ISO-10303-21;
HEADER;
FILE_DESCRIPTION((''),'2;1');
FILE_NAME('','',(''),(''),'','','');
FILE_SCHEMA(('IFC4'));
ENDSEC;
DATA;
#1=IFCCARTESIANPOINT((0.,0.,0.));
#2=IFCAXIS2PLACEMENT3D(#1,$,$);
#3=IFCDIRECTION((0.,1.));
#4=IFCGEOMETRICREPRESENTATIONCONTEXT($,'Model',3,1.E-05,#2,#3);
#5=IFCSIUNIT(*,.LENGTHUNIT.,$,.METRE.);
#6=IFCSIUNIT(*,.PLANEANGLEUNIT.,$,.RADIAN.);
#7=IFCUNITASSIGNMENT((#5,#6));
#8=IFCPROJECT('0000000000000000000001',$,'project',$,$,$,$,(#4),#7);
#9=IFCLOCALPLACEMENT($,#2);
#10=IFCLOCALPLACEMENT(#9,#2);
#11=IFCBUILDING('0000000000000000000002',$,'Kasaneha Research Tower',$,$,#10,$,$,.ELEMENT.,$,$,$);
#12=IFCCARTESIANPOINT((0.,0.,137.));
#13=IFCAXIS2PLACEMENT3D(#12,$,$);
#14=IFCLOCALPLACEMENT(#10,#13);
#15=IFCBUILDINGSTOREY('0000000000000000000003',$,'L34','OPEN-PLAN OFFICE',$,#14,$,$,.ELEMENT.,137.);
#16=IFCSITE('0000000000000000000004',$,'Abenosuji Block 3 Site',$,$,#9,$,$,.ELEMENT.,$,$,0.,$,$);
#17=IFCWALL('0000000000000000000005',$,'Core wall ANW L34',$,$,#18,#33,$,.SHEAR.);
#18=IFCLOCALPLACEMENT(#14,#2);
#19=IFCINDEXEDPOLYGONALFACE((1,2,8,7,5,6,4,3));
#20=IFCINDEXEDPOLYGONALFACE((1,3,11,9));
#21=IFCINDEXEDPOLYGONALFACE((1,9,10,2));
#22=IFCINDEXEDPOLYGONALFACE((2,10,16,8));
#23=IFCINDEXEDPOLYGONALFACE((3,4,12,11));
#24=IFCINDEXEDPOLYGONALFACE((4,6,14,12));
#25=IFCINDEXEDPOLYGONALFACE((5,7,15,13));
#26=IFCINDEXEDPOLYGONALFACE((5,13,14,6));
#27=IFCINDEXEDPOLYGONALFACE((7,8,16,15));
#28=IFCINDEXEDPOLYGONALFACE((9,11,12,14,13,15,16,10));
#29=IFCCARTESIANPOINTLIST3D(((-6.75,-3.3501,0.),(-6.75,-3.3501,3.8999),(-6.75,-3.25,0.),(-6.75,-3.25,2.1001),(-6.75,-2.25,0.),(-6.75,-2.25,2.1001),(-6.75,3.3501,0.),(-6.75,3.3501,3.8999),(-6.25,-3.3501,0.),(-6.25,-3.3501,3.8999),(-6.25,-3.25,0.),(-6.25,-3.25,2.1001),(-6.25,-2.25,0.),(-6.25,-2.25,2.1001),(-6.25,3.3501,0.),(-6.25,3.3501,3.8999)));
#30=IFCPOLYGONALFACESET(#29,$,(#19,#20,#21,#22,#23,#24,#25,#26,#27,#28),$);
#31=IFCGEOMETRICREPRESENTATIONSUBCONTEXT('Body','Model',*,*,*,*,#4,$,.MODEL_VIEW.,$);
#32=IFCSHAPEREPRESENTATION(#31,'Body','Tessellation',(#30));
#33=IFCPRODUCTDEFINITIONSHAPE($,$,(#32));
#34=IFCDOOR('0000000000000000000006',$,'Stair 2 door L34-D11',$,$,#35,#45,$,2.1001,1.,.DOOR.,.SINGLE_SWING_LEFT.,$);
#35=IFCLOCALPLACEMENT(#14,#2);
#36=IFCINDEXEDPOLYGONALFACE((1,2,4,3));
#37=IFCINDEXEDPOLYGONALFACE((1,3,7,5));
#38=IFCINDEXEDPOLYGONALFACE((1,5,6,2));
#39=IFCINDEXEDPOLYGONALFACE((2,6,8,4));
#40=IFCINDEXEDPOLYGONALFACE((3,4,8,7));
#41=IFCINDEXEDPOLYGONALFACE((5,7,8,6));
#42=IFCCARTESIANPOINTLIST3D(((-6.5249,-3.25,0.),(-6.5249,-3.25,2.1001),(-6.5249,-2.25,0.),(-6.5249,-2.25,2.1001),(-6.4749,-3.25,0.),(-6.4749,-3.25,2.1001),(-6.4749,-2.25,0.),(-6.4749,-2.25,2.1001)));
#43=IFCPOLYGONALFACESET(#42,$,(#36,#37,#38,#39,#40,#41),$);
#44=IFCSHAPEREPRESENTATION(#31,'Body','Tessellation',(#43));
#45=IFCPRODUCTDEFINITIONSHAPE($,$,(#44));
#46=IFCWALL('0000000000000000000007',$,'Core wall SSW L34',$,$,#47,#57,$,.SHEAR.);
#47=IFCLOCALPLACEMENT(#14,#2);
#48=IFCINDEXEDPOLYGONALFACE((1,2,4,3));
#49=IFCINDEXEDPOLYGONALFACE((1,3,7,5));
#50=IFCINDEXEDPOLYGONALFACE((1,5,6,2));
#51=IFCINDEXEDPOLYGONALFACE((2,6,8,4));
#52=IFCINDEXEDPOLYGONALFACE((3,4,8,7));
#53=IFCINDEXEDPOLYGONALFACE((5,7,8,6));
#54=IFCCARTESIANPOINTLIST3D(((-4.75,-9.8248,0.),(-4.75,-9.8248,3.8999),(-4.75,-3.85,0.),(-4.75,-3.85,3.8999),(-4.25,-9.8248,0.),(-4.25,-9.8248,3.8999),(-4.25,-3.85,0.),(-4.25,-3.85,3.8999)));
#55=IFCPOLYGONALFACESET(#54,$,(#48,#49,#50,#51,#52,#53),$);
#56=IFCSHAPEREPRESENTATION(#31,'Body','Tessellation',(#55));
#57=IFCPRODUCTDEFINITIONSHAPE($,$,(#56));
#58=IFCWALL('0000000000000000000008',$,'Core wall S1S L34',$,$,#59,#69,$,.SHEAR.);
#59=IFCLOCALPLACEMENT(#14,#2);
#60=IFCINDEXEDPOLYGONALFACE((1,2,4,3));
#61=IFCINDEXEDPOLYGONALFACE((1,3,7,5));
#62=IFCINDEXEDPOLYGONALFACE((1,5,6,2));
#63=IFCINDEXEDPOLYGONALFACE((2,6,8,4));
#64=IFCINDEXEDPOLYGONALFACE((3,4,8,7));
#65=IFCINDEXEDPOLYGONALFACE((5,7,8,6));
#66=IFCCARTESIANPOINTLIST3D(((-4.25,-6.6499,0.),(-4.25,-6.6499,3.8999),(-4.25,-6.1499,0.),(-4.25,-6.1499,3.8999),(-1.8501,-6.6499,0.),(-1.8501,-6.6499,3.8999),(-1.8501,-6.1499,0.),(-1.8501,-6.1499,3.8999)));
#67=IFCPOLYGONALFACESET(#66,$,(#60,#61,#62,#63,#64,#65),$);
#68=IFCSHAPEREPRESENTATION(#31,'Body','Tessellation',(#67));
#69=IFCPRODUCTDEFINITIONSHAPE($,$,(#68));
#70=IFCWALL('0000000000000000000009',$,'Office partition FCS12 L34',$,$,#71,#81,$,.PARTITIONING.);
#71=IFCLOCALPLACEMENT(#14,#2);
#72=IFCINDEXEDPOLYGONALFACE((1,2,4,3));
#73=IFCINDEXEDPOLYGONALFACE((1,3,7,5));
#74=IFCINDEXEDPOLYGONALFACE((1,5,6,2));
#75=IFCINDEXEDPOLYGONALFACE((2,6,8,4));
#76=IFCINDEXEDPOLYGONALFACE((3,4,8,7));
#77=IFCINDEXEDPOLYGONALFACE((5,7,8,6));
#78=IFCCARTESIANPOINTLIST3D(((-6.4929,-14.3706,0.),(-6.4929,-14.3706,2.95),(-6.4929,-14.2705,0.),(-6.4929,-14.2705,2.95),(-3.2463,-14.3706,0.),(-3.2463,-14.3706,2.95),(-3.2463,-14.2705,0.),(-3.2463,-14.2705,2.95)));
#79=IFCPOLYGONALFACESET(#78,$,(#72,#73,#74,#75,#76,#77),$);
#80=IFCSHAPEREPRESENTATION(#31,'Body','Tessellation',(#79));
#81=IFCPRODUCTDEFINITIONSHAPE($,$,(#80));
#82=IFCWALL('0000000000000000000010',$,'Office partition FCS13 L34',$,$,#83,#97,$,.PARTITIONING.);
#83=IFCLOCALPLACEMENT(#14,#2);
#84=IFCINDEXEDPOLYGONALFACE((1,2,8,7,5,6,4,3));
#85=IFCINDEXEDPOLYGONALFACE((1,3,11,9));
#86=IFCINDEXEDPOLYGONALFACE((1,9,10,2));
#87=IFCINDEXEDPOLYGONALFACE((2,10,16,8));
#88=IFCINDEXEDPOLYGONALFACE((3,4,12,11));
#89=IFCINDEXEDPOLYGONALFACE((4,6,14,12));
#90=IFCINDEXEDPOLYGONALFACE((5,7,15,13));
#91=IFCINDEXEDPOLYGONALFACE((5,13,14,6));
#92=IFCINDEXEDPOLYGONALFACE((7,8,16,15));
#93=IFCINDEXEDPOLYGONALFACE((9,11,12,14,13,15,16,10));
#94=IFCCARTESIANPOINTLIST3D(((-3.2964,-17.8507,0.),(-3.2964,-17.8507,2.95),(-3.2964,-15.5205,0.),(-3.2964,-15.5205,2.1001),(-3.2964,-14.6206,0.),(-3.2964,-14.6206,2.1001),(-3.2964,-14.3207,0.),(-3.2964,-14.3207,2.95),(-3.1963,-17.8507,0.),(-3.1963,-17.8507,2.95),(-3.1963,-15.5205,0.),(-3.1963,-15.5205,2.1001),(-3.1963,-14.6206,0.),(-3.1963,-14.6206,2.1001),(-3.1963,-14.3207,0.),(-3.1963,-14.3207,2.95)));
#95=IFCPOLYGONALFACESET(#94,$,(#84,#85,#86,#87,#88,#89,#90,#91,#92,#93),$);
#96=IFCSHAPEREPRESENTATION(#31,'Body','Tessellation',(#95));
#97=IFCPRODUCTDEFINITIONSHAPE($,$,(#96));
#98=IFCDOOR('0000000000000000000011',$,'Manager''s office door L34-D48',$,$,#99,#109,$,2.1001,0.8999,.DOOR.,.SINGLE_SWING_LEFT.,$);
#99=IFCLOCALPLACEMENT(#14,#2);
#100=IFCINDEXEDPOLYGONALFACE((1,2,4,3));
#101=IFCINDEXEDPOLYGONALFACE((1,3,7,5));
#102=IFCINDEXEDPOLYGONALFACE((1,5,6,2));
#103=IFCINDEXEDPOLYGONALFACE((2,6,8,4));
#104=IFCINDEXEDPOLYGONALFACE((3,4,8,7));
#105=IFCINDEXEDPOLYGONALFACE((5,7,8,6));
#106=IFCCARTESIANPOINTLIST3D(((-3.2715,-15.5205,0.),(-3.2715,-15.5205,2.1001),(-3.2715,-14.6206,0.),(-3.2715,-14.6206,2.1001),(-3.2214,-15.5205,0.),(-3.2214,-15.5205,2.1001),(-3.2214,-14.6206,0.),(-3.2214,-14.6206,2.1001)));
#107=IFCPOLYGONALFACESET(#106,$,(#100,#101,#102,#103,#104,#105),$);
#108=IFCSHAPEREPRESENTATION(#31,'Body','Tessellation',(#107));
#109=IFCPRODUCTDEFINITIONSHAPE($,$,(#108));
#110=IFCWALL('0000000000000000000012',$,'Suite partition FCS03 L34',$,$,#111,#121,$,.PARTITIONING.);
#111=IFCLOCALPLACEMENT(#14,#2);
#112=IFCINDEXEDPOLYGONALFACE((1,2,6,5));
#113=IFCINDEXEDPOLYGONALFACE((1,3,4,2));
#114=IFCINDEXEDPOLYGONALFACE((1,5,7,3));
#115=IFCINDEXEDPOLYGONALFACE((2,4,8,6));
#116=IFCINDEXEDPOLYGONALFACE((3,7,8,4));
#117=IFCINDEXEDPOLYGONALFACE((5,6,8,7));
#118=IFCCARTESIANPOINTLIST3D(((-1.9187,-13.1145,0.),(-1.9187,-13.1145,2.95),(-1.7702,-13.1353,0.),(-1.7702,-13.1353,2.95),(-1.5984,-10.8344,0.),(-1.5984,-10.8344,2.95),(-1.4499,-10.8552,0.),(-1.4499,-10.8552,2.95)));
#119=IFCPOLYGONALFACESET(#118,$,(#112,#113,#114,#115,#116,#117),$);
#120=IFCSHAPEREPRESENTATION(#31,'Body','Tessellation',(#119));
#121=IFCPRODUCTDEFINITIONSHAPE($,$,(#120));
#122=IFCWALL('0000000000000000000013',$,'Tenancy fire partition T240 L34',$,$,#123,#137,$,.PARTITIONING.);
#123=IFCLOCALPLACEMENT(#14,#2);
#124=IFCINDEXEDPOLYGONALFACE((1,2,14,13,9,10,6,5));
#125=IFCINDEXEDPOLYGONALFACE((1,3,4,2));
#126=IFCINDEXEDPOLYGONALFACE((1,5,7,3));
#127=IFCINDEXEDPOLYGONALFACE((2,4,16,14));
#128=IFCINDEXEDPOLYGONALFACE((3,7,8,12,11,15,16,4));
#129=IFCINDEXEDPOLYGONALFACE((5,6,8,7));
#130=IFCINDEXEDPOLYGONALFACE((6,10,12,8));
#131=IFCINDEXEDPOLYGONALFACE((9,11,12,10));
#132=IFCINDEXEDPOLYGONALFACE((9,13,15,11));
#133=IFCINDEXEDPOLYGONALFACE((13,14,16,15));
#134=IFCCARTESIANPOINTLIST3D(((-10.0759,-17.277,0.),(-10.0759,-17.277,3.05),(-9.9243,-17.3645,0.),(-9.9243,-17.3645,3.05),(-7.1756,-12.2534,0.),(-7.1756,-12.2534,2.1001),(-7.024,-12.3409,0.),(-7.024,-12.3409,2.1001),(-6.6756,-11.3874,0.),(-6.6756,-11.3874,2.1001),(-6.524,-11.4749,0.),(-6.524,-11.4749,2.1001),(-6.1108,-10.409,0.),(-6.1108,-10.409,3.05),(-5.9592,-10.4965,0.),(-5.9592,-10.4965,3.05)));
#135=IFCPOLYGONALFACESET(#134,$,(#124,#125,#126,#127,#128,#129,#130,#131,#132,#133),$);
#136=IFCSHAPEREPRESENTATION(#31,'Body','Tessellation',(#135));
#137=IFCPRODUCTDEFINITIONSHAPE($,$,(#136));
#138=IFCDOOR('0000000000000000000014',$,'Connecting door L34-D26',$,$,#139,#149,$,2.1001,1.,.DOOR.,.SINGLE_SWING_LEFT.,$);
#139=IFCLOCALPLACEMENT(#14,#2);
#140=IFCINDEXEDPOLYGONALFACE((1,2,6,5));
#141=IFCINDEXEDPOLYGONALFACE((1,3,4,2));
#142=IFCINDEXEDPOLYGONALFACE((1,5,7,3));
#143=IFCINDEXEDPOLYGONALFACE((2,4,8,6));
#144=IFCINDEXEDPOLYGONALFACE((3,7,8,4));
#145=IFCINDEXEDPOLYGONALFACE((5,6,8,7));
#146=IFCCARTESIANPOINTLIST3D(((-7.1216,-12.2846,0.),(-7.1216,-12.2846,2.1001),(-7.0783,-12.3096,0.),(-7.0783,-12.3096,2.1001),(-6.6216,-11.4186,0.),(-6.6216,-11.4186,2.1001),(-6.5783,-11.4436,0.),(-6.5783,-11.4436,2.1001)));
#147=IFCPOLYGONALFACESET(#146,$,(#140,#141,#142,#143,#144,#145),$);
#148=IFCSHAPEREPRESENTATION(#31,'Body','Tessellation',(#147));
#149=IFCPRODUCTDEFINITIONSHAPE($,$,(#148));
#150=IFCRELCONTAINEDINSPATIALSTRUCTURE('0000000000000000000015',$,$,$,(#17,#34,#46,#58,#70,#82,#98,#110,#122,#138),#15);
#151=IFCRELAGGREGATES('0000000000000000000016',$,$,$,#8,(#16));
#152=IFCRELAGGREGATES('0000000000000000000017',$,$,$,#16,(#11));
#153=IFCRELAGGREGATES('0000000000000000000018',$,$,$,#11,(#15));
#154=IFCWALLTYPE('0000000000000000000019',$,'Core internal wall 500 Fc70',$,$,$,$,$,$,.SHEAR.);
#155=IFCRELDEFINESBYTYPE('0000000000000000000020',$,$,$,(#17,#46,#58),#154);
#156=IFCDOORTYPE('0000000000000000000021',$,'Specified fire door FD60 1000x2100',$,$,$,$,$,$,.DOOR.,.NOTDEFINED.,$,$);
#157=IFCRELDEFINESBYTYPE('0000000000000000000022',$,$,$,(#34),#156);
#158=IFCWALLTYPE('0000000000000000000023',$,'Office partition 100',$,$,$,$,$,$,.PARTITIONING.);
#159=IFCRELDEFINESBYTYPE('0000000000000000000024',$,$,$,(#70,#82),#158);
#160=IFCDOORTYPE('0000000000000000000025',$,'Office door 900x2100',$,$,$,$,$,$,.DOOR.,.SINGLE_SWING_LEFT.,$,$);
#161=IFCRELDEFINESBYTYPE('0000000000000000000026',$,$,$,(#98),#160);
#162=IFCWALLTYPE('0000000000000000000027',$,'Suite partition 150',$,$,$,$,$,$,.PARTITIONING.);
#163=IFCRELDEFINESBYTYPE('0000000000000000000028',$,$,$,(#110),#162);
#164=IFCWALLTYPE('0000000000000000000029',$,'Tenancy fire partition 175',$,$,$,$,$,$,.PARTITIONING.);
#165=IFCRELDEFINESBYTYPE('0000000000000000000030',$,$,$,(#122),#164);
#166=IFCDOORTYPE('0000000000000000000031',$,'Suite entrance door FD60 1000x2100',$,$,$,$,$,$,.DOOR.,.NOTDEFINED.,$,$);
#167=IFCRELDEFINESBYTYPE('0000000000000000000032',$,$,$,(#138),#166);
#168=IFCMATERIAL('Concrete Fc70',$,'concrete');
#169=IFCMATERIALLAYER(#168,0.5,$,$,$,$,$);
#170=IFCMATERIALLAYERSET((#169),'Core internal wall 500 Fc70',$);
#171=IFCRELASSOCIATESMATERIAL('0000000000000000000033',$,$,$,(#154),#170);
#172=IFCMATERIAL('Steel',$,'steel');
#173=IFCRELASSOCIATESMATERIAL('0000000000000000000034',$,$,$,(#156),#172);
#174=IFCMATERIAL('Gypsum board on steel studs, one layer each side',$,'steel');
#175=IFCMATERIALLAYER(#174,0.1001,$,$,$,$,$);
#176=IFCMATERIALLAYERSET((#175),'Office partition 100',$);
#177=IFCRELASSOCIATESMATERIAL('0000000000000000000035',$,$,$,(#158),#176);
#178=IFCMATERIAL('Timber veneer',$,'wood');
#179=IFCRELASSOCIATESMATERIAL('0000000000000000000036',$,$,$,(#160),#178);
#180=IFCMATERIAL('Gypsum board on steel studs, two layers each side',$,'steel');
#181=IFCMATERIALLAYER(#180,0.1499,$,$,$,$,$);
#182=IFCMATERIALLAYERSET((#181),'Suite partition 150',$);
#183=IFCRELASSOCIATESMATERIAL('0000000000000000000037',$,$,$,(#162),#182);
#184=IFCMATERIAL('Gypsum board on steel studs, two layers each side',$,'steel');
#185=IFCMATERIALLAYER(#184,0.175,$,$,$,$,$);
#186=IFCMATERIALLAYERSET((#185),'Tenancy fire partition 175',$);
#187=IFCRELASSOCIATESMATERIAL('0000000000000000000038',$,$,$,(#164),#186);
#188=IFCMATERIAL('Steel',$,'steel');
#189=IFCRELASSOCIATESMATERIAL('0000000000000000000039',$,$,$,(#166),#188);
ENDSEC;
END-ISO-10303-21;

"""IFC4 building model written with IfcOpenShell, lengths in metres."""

from ifc_helpers import new_model, si_unit, direction, frame, frame_2d, origin, place, context, subcontext, project, spatial, rectangle, extrude, material, layer, layer_set, type_object, element, fill, save


model = new_model("IFC4")

# Units and contexts
model_context = context("Model", 3, precision=1e-05, world=origin(), true_north=direction((0.0, 1.0)))
body_context = subcontext(model_context, "Body", "Model", "MODEL_VIEW")
ifc_project = project(units=[si_unit("LENGTHUNIT", "METRE"), si_unit("PLANEANGLEUNIT", "RADIAN")], contexts=[model_context])

# Site, building, storey
site_placement = place(None, origin())
site = spatial("IfcSite", under=ifc_project, at=site_placement, Name="Abenosuji Block 3 Site", CompositionType="ELEMENT", RefElevation=0.0)
building_placement = place(site_placement, origin())
building = spatial("IfcBuilding", under=site, at=building_placement, Name="Kasaneha Research Tower", CompositionType="ELEMENT")
storey_placement = place(building_placement, frame((0.0, 0.0, 137.0)))
storey = spatial("IfcBuildingStorey", under=building, at=storey_placement, Name="L34", Description="OPEN-PLAN OFFICE", CompositionType="ELEMENT", Elevation=137.0)

# Wall, opening, door
ifc_material_1 = material(Name="Concrete Fc70", Category="concrete")
ifc_layer_1 = layer(ifc_material_1, 0.5)
ifc_layer_set_1 = layer_set([ifc_layer_1], Name="Core internal wall 500 Fc70")
wall_type_1 = type_object("IfcWallType", Name="Core internal wall 500 Fc70", PredefinedType="SHEAR", material=ifc_layer_set_1)
ifc_material_2 = material(Name="Steel", Category="steel")
door_type_1 = type_object("IfcDoorType", Name="Specified fire door FD60 1000x2100", OperationType="NOTDEFINED", PredefinedType="DOOR", material=ifc_material_2)
wall_1_placement = place(storey_placement, frame((-6.5, -3.3501, 0.0), z_axis=(0.0, 0.0, 1.0), x_axis=(0.0, 1.0, 0.0)))
wall_1 = element("IfcWall", 1, at=wall_1_placement, inside=storey, type_object=wall_type_1, Name="Core wall ANW L34", PredefinedType="SHEAR", context=body_context, shape_type="SweptSolid", body=[
    extrude(rectangle(XDim=6.7002, YDim=0.5, at=frame_2d((3.3501, 0.0))), origin(), (0.0, 0.0, 1.0), 3.8999),
])
opening_1_placement = place(wall_1_placement, frame((0.1001, 0.0, 0.0)))
opening_1 = element("IfcOpeningElement", 2, at=opening_1_placement, cuts=wall_1, PredefinedType="OPENING", context=body_context, shape_type="SweptSolid", body=[
    extrude(rectangle(XDim=1.0, YDim=2.1001, at=frame_2d((0.5, 1.05))), frame((0.0, 0.26, 0.0), z_axis=(0.0, -1.0, 0.0), x_axis=(1.0, 0.0, 0.0)), (0.0, 0.0, 1.0), 0.52),
])
door_1_placement = place(opening_1_placement, origin())
door_1 = element("IfcDoor", 3, at=door_1_placement, inside=storey, type_object=door_type_1, Name="Stair 2 door L34-D11", OperationType="SINGLE_SWING_LEFT", OverallHeight=2.1001, OverallWidth=1.0, PredefinedType="DOOR", context=body_context, shape_type="SweptSolid", body=[
    extrude(rectangle(XDim=1.0, YDim=2.1001, at=frame_2d((0.5, 1.05))), frame((0.0, 0.0249, 0.0), z_axis=(0.0, -1.0, 0.0), x_axis=(1.0, 0.0, 0.0)), (0.0, 0.0, 1.0), 0.05),
])
fill(opening_1, door_1)

# Walls
wall_2_placement = place(storey_placement, frame((-4.5, -3.8501, 0.0), z_axis=(0.0, 0.0, 1.0), x_axis=(0.0, -1.0, 0.0)))
element("IfcWall", 4, at=wall_2_placement, inside=storey, type_object=wall_type_1, Name="Core wall SSW L34", PredefinedType="SHEAR", context=body_context, shape_type="SweptSolid", body=[
    extrude(rectangle(XDim=5.9749, YDim=0.5, at=frame_2d((2.9873, 0.0))), origin(), (0.0, 0.0, 1.0), 3.8999),
])
wall_3_placement = place(storey_placement, frame((-4.25, -6.3999, 0.0), z_axis=(0.0, 0.0, 1.0), x_axis=(1.0, 0.0, 0.0)))
element("IfcWall", 5, at=wall_3_placement, inside=storey, type_object=wall_type_1, Name="Core wall S1S L34", PredefinedType="SHEAR", context=body_context, shape_type="SweptSolid", body=[
    extrude(rectangle(XDim=2.3999, YDim=0.5, at=frame_2d((1.2, 0.0))), origin(), (0.0, 0.0, 1.0), 3.8999),
])

# Wall
ifc_material_3 = material(Name="Gypsum board on steel studs, one layer each side", Category="steel")
ifc_layer_2 = layer(ifc_material_3, 0.1001)
ifc_layer_set_2 = layer_set([ifc_layer_2], Name="Office partition 100")
wall_type_2 = type_object("IfcWallType", Name="Office partition 100", PredefinedType="PARTITIONING", material=ifc_layer_set_2)
wall_4_placement = place(storey_placement, frame((-6.4929, -14.3206, 0.0), z_axis=(0.0, 0.0, 1.0), x_axis=(1.0, 0.0, 0.0)))
element("IfcWall", 6, at=wall_4_placement, inside=storey, type_object=wall_type_2, Name="Office partition FCS12 L34", PredefinedType="PARTITIONING", context=body_context, shape_type="SweptSolid", body=[
    extrude(rectangle(XDim=3.2466, YDim=0.1001, at=frame_2d((1.6233, 0.0))), origin(), (0.0, 0.0, 1.0), 2.95),
])

# Wall, opening, door
wall_5_placement = place(storey_placement, frame((-3.2463, -14.3206, 0.0), z_axis=(0.0, 0.0, 1.0), x_axis=(0.0, -1.0, 0.0)))
wall_5 = element("IfcWall", 7, at=wall_5_placement, inside=storey, type_object=wall_type_2, Name="Office partition FCS13 L34", PredefinedType="PARTITIONING", context=body_context, shape_type="SweptSolid", body=[
    extrude(rectangle(XDim=3.53, YDim=0.1001, at=frame_2d((1.7651, 0.0))), origin(), (0.0, 0.0, 1.0), 2.95),
])
opening_2_placement = place(wall_5_placement, frame((0.3, 0.0, 0.0)))
opening_2 = element("IfcOpeningElement", 8, at=opening_2_placement, cuts=wall_5, PredefinedType="OPENING", context=body_context, shape_type="SweptSolid", body=[
    extrude(rectangle(XDim=0.8999, YDim=2.1001, at=frame_2d((0.45, 1.05))), frame((0.0, 0.0601, 0.0), z_axis=(0.0, -1.0, 0.0), x_axis=(1.0, 0.0, 0.0)), (0.0, 0.0, 1.0), 0.1201),
])
ifc_material_4 = material(Name="Timber veneer", Category="wood")
door_type_2 = type_object("IfcDoorType", Name="Office door 900x2100", OperationType="SINGLE_SWING_LEFT", PredefinedType="DOOR", material=ifc_material_4)
door_2_placement = place(opening_2_placement, origin())
door_2 = element("IfcDoor", 9, at=door_2_placement, inside=storey, type_object=door_type_2, Name="Manager's office door L34-D48", OperationType="SINGLE_SWING_LEFT", OverallHeight=2.1001, OverallWidth=0.8999, PredefinedType="DOOR", context=body_context, shape_type="SweptSolid", body=[
    extrude(rectangle(XDim=0.8999, YDim=2.1001, at=frame_2d((0.45, 1.05))), frame((0.0, 0.0249, 0.0), z_axis=(0.0, -1.0, 0.0), x_axis=(1.0, 0.0, 0.0)), (0.0, 0.0, 1.0), 0.05),
])
fill(opening_2, door_2)

# Wall
ifc_material_5 = material(Name="Gypsum board on steel studs, two layers each side", Category="steel")
ifc_layer_3 = layer(ifc_material_5, 0.1499)
ifc_layer_set_3 = layer_set([ifc_layer_3], Name="Suite partition 150")
wall_type_3 = type_object("IfcWallType", Name="Suite partition 150", PredefinedType="PARTITIONING", material=ifc_layer_set_3)
wall_6_placement = place(storey_placement, frame((-1.8445, -13.125, 0.0), z_axis=(0.0, 0.0, 1.0), x_axis=(0.13912, 0.990276, 0.0)))
element("IfcWall", 10, at=wall_6_placement, inside=storey, type_object=wall_type_3, Name="Suite partition FCS03 L34", PredefinedType="PARTITIONING", context=body_context, shape_type="SweptSolid", body=[
    extrude(rectangle(XDim=2.3025, YDim=0.1499, at=frame_2d((1.1514, 0.0))), origin(), (0.0, 0.0, 1.0), 2.95),
])

# Wall, opening, door
ifc_material_6 = material(Name="Gypsum board on steel studs, two layers each side", Category="steel")
ifc_layer_4 = layer(ifc_material_6, 0.175)
ifc_layer_set_4 = layer_set([ifc_layer_4], Name="Tenancy fire partition 175")
wall_type_4 = type_object("IfcWallType", Name="Tenancy fire partition 175", PredefinedType="PARTITIONING", material=ifc_layer_set_4)
wall_7_placement = place(storey_placement, frame((-6.0349, -10.4526, 0.0), z_axis=(0.0, 0.0, 1.0), x_axis=(-0.49999, -0.866031, 0.0)))
wall_7 = element("IfcWall", 11, at=wall_7_placement, inside=storey, type_object=wall_type_4, Name="Tenancy fire partition T240 L34", PredefinedType="PARTITIONING", context=body_context, shape_type="SweptSolid", body=[
    extrude(rectangle(XDim=7.9304, YDim=0.175, at=frame_2d((3.9653, 0.0))), origin(), (0.0, 0.0, 1.0), 3.05),
])
opening_3_placement = place(wall_7_placement, frame((1.1299, 0.0, 0.0)))
opening_3 = element("IfcOpeningElement", 12, at=opening_3_placement, cuts=wall_7, PredefinedType="OPENING", context=body_context, shape_type="SweptSolid", body=[
    extrude(rectangle(XDim=1.0, YDim=2.1001, at=frame_2d((0.5, 1.05))), frame((0.0, 0.0977, 0.0), z_axis=(0.0, -1.0, 0.0), x_axis=(1.0, 0.0, 0.0)), (0.0, 0.0, 1.0), 0.1951),
])
ifc_material_7 = material(Name="Steel", Category="steel")
door_type_3 = type_object("IfcDoorType", Name="Suite entrance door FD60 1000x2100", OperationType="NOTDEFINED", PredefinedType="DOOR", material=ifc_material_7)
door_3_placement = place(opening_3_placement, origin())
door_3 = element("IfcDoor", 13, at=door_3_placement, inside=storey, type_object=door_type_3, Name="Connecting door L34-D26", OperationType="SINGLE_SWING_LEFT", OverallHeight=2.1001, OverallWidth=1.0, PredefinedType="DOOR", context=body_context, shape_type="SweptSolid", body=[
    extrude(rectangle(XDim=1.0, YDim=2.1001, at=frame_2d((0.5, 1.05))), frame((0.0, 0.0249, 0.0), z_axis=(0.0, -1.0, 0.0), x_axis=(1.0, 0.0, 0.0)), (0.0, 0.0, 1.0), 0.05),
])
fill(opening_3, door_3)

save(model, "model.ifc")
